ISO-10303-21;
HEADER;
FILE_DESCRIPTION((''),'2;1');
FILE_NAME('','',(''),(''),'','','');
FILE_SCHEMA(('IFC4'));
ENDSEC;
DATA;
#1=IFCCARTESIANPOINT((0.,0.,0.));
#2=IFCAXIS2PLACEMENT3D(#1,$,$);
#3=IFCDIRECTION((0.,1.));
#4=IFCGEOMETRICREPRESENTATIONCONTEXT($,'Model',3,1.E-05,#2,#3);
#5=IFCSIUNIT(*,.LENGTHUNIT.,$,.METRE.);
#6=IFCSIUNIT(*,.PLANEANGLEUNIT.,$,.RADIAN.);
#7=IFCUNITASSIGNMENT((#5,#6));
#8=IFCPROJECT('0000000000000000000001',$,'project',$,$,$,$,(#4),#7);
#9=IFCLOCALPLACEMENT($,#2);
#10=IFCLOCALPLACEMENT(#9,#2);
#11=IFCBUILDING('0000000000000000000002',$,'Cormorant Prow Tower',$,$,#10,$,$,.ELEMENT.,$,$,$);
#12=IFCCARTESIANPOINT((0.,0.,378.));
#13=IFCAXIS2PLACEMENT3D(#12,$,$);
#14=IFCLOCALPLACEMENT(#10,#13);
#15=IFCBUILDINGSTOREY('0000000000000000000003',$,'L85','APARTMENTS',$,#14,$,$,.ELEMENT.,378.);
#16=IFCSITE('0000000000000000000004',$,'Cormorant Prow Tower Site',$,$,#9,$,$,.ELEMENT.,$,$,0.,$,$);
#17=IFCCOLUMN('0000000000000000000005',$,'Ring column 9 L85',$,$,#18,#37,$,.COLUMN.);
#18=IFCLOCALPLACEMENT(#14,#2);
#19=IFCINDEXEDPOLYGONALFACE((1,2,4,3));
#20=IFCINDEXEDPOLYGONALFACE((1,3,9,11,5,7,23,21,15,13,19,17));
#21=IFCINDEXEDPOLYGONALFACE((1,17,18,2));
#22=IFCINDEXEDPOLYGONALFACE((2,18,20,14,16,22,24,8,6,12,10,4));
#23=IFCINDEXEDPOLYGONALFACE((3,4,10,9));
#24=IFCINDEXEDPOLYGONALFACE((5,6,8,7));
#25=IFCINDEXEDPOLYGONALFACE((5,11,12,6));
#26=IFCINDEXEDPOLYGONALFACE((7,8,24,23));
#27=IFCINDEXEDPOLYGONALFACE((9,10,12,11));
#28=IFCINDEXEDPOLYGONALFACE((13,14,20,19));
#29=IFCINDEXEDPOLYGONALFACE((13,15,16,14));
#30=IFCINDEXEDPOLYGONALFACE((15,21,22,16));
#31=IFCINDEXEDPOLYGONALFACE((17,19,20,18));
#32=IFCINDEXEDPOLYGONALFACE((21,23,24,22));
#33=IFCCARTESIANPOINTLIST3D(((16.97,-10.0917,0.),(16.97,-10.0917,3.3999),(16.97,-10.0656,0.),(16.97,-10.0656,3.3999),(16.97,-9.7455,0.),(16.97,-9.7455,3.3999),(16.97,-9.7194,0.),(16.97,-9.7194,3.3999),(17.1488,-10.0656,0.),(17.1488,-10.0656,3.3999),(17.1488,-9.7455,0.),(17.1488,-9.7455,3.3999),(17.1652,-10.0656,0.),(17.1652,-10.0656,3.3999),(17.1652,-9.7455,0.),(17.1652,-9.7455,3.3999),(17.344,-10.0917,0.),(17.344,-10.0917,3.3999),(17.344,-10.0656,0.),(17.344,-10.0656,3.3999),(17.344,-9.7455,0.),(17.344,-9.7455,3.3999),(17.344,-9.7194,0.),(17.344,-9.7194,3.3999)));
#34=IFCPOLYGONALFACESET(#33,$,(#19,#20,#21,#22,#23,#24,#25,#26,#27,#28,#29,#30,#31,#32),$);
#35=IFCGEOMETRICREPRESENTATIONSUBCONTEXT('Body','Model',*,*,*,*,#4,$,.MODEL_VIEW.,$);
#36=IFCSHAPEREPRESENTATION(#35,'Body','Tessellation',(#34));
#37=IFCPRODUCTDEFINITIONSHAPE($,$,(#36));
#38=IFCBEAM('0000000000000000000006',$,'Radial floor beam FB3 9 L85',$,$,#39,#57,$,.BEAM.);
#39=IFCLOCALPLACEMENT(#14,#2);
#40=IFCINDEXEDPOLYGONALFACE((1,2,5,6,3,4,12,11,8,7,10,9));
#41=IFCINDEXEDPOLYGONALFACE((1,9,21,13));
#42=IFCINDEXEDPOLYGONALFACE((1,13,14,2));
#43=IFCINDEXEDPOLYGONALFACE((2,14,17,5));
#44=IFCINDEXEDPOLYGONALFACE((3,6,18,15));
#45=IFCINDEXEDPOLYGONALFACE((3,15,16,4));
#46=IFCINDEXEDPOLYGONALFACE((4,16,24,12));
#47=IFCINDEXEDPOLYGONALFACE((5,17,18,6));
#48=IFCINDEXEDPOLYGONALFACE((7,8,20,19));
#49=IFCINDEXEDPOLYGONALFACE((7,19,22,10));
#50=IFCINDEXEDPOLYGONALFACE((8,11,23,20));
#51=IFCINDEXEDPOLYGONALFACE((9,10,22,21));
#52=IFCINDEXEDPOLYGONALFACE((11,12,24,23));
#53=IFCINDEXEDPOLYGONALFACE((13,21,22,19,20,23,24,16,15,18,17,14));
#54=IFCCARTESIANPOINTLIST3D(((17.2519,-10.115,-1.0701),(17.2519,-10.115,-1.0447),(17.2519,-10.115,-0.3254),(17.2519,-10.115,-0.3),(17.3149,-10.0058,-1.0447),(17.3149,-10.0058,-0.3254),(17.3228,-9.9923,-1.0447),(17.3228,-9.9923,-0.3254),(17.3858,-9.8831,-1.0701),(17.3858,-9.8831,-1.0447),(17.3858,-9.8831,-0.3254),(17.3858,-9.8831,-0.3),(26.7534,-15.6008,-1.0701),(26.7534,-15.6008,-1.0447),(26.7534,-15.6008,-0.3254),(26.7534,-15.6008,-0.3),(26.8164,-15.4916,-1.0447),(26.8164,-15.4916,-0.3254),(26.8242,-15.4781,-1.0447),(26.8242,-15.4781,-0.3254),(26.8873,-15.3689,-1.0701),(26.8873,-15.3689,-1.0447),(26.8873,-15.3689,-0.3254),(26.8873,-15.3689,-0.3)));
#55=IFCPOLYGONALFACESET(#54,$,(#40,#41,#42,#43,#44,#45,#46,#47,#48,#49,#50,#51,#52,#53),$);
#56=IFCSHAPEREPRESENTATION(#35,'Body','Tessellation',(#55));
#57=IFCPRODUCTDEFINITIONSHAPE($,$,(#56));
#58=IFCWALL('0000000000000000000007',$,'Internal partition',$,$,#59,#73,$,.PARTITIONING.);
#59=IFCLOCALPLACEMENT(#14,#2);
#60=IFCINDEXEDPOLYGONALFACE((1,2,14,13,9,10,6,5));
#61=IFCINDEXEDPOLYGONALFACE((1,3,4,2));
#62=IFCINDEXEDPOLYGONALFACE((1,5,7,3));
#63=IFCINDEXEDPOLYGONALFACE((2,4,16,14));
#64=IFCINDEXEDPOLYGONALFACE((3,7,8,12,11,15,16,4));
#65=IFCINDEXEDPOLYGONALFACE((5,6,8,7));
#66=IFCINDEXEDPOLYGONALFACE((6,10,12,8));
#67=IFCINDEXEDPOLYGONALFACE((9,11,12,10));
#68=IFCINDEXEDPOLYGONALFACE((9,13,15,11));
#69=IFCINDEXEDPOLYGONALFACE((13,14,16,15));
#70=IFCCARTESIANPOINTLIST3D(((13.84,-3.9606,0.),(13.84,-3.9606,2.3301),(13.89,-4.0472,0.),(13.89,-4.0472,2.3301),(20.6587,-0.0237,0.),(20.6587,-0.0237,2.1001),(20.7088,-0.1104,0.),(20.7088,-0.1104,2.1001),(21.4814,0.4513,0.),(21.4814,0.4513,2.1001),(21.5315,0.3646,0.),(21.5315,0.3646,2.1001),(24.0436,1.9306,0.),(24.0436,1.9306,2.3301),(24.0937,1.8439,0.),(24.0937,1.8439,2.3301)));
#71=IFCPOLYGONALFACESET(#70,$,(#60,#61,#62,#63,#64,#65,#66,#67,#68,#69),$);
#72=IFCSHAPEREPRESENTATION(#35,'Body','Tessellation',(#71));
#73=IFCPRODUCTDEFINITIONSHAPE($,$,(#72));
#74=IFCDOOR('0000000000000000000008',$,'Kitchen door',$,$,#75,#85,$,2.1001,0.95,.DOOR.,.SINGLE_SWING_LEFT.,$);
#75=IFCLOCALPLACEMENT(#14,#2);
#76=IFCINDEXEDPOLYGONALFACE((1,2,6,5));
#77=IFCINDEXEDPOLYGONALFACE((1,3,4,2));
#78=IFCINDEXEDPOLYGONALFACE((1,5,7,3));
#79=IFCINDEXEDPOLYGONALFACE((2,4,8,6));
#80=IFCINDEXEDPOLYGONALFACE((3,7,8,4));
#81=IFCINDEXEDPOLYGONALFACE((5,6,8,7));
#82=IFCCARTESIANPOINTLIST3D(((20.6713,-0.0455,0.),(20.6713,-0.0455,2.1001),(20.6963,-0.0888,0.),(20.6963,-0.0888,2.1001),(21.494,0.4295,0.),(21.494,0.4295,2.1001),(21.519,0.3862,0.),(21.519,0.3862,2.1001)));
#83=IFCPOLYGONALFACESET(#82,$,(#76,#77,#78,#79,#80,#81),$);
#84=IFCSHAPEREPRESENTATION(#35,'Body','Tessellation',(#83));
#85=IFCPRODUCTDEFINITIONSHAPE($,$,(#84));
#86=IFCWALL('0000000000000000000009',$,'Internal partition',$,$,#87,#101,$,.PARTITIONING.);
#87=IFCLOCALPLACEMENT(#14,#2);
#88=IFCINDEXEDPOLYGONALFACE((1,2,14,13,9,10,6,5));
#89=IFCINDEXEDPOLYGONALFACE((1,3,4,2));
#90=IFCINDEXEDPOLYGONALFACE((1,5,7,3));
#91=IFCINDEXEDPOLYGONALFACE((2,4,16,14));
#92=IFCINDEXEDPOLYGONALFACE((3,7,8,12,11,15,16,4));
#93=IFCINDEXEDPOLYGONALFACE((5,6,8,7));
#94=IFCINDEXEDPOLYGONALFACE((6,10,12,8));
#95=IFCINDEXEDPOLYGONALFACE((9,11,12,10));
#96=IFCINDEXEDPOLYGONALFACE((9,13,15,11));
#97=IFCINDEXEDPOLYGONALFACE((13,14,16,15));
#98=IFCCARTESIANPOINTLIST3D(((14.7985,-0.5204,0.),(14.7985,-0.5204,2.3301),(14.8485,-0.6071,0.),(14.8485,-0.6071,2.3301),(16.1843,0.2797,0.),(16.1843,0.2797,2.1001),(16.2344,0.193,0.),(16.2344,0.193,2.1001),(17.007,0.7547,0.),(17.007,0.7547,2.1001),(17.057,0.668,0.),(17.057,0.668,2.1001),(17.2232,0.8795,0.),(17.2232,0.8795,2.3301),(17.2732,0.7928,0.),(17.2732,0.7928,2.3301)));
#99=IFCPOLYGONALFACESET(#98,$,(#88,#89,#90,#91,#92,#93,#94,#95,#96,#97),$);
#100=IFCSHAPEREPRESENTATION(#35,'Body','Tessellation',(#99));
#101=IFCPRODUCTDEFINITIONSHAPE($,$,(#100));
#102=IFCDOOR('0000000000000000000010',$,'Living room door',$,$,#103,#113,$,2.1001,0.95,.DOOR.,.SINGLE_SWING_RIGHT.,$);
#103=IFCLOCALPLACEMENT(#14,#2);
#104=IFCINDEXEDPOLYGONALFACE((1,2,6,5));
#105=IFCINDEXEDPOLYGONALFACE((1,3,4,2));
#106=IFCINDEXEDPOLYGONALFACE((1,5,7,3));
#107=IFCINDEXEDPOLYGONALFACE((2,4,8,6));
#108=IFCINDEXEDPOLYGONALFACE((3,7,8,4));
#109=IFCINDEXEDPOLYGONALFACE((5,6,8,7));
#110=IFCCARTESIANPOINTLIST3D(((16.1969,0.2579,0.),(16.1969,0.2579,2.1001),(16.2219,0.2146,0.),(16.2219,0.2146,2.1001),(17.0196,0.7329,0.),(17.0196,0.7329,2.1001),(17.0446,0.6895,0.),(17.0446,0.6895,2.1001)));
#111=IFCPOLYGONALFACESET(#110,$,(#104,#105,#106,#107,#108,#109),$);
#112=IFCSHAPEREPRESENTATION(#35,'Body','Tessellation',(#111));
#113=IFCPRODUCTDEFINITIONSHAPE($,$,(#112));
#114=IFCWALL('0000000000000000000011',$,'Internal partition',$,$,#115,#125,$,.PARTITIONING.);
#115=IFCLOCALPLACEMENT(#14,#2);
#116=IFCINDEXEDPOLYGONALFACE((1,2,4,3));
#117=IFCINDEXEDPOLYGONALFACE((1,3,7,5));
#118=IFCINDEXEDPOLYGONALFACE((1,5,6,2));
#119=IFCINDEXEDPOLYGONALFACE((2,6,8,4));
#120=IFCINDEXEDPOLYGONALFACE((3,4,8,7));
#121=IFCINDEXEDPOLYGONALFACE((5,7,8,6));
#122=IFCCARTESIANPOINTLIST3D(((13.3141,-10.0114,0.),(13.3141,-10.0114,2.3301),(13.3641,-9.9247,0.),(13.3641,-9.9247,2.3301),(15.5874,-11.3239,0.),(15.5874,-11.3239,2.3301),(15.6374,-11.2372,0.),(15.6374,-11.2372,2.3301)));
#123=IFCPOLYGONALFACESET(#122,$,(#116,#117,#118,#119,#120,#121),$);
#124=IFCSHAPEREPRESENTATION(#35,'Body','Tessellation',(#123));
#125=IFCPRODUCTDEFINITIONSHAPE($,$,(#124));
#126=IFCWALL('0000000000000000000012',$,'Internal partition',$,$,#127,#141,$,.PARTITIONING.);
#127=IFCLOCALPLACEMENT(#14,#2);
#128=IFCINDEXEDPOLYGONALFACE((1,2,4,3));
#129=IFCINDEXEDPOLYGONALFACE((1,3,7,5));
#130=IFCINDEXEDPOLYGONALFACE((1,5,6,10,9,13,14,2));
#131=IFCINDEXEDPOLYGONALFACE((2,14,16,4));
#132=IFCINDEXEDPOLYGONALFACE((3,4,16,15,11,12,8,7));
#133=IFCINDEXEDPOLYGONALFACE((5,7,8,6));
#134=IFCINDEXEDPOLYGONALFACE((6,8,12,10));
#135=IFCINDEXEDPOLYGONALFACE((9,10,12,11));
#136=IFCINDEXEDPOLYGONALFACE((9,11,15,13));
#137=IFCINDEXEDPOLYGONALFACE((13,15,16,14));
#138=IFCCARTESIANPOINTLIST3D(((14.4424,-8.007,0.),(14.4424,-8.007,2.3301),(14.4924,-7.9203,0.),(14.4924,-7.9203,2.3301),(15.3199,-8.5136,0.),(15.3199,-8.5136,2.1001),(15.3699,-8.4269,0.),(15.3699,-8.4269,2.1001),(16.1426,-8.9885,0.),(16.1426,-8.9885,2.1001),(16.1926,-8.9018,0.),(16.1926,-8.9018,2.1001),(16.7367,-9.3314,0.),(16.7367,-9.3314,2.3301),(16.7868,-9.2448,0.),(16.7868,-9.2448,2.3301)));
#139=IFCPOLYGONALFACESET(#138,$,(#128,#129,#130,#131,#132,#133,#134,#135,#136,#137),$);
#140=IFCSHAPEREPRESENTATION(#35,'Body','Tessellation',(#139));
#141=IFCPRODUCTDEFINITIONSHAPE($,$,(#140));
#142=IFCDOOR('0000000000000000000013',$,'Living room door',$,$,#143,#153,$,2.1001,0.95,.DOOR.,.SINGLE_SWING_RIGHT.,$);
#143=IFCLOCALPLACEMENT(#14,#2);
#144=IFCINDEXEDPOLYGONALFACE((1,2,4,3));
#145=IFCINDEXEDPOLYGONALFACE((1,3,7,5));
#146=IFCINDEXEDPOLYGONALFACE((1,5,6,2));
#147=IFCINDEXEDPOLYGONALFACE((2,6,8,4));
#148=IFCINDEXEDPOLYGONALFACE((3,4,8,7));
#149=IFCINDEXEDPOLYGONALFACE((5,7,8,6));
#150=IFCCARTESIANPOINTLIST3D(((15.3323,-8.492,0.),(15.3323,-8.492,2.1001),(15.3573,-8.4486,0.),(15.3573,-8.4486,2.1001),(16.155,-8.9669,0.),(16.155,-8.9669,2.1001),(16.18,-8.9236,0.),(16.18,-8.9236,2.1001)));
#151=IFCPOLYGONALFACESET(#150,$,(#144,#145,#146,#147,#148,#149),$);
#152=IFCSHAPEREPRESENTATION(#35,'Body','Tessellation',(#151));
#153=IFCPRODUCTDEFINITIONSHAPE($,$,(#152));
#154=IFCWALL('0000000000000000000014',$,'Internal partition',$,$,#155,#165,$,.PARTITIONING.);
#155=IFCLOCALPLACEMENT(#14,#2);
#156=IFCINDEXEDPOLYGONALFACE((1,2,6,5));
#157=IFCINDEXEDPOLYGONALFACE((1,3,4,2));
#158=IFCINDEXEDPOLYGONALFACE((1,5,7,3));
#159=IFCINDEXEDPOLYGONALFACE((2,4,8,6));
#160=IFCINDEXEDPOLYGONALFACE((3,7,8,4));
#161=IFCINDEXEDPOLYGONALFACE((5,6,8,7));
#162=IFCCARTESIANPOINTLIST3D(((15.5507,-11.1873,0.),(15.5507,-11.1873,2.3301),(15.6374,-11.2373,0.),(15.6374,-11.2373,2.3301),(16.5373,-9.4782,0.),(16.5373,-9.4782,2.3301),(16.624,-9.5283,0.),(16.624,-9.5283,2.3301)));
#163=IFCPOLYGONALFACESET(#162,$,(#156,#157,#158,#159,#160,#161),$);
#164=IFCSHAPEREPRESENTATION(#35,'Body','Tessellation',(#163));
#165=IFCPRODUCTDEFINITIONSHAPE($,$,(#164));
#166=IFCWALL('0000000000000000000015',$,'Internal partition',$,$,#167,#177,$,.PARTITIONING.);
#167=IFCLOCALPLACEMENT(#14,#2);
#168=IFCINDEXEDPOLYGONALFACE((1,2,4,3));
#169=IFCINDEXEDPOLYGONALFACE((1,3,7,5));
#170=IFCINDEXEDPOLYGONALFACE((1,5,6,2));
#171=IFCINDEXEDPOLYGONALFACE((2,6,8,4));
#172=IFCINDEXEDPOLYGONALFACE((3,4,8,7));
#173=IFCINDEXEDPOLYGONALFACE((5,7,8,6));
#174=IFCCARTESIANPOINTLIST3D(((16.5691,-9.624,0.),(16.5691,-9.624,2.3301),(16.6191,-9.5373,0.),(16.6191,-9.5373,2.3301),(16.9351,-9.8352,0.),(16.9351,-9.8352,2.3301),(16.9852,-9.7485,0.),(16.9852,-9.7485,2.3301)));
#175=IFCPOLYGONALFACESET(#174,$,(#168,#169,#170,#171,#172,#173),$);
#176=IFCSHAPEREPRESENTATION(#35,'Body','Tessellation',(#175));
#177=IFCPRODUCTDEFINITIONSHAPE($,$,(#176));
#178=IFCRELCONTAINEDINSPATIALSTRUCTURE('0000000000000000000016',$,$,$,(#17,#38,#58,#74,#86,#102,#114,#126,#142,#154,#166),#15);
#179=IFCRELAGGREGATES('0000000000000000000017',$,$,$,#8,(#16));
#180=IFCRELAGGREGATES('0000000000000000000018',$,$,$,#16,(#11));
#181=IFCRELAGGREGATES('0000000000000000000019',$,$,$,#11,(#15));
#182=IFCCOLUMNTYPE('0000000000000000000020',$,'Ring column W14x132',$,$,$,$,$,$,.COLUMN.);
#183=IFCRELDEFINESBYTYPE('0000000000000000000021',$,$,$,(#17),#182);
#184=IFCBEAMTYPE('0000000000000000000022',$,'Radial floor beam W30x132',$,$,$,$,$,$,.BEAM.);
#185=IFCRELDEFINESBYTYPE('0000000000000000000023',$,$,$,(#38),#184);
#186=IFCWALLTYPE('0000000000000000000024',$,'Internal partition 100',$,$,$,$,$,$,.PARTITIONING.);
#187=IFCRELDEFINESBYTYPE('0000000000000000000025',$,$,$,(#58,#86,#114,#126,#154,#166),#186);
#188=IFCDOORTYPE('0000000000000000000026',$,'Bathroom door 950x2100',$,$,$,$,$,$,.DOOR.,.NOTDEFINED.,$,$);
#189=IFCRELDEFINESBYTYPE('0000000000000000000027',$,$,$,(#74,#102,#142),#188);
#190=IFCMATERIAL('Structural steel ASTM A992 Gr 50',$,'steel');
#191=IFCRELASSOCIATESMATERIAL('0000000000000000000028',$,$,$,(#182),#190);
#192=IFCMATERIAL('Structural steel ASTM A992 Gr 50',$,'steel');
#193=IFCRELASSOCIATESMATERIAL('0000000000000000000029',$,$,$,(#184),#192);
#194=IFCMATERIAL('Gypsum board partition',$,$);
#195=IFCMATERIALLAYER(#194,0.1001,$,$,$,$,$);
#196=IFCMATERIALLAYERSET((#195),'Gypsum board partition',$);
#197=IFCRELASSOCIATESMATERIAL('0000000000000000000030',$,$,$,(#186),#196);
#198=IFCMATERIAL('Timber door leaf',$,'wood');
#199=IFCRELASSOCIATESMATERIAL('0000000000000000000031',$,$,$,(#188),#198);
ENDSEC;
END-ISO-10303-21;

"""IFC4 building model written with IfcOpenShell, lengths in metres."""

from ifc_helpers import new_model, si_unit, direction, frame, frame_2d, origin, origin_2d, place, context, subcontext, project, spatial, rectangle, i_section, extrude, material, layer, layer_set, material_profile, profile_set, type_object, element, fill, save


model = new_model("IFC4")

# Units and contexts
model_context = context("Model", 3, precision=1e-05, world=origin(), true_north=direction((0.0, 1.0)))
body_context = subcontext(model_context, "Body", "Model", "MODEL_VIEW")
ifc_project = project(units=[si_unit("LENGTHUNIT", "METRE"), si_unit("PLANEANGLEUNIT", "RADIAN")], contexts=[model_context])

# Site, building, storey
site_placement = place(None, origin())
site = spatial("IfcSite", under=ifc_project, at=site_placement, Name="Cormorant Prow Tower Site", CompositionType="ELEMENT", RefElevation=0.0)
building_placement = place(site_placement, origin())
building = spatial("IfcBuilding", under=site, at=building_placement, Name="Cormorant Prow Tower", CompositionType="ELEMENT")
storey_placement = place(building_placement, frame((0.0, 0.0, 378.0)))
storey = spatial("IfcBuildingStorey", under=building, at=storey_placement, Name="L85", Description="APARTMENTS", CompositionType="ELEMENT", Elevation=378.0)

# Column
ifc_material_1 = material(Name="Structural steel ASTM A992 Gr 50", Category="steel")
ifc_material_profile_1 = material_profile(ifc_material_1, i_section(OverallWidth=0.374, OverallDepth=0.3723, WebThickness=0.0164, FlangeThickness=0.0261, at=origin_2d()), Name="W14x132")
ifc_profile_set_1 = profile_set([ifc_material_profile_1], Name="Structural steel ASTM A992 Gr 50")
column_type = type_object("IfcColumnType", Name="Ring column W14x132", PredefinedType="COLUMN", material=ifc_profile_set_1)
column_placement = place(storey_placement, frame((17.157, -9.9055, 0.0), z_axis=(0.0, 0.0, 1.0), x_axis=(1.0, 0.0, 0.0)))
element("IfcColumn", 1, at=column_placement, inside=storey, type_object=column_type, Name="Ring column 9 L85", PredefinedType="COLUMN", context=body_context, shape_type="SweptSolid", body=[
    extrude(i_section(OverallWidth=0.374, OverallDepth=0.3723, WebThickness=0.0164, FlangeThickness=0.0261, at=origin_2d()), origin(), (0.0, 0.0, 1.0), 3.3999),
])

# Beam
ifc_material_2 = material(Name="Structural steel ASTM A992 Gr 50", Category="steel")
ifc_material_profile_2 = material_profile(ifc_material_2, i_section(OverallWidth=0.2678, OverallDepth=0.77, WebThickness=0.0156, FlangeThickness=0.0254, at=origin_2d()), Name="W30x132")
ifc_profile_set_2 = profile_set([ifc_material_profile_2], Name="Structural steel ASTM A992 Gr 50")
beam_type = type_object("IfcBeamType", Name="Radial floor beam W30x132", PredefinedType="BEAM", material=ifc_profile_set_2)
beam_placement = place(storey_placement, frame((17.3188, -9.999, -0.6851), z_axis=(0.866019, -0.500011, 0.0), x_axis=(0.500011, 0.866019, 0.0)))
element("IfcBeam", 2, at=beam_placement, inside=storey, type_object=beam_type, Name="Radial floor beam FB3 9 L85", PredefinedType="BEAM", context=body_context, shape_type="SweptSolid", body=[
    extrude(i_section(OverallWidth=0.2678, OverallDepth=0.77, WebThickness=0.0156, FlangeThickness=0.0254, at=origin_2d()), origin(), (0.0, 0.0, 1.0), 10.9714),
])

# Walls, openings, doors
ifc_material_3 = material(Name="Gypsum board partition")
ifc_layer_1 = layer(ifc_material_3, 0.1001)
ifc_layer_set_1 = layer_set([ifc_layer_1], Name="Gypsum board partition")
wall_type_1 = type_object("IfcWallType", Name="Internal partition 100", PredefinedType="PARTITIONING", material=ifc_layer_set_1)
wall_1_placement = place(storey_placement, frame((13.865, -4.0039, 0.0), z_axis=(0.0, 0.0, 1.0), x_axis=(0.866023, 0.500003, 0.0)))
wall_1 = element("IfcWall", 3, at=wall_1_placement, inside=storey, type_object=wall_type_1, Name="Internal partition", PredefinedType="PARTITIONING", context=body_context, shape_type="SweptSolid", body=[
    extrude(rectangle(XDim=11.7822, YDim=0.1001, at=frame_2d((5.8911, 0.0))), origin(), (0.0, 0.0, 1.0), 2.3301),
])
opening_1_placement = place(wall_1_placement, frame((7.8735, 0.0, 0.0)))
opening_1 = element("IfcOpeningElement", 4, at=opening_1_placement, cuts=wall_1, PredefinedType="OPENING", context=body_context, shape_type="SweptSolid", body=[
    extrude(rectangle(XDim=0.95, YDim=2.1001, at=frame_2d((0.4751, 1.05))), frame((0.0, 0.0601, 0.0), z_axis=(0.0, -1.0, 0.0), x_axis=(1.0, 0.0, 0.0)), (0.0, 0.0, 1.0), 0.1201),
])
ifc_material_4 = material(Name="Timber door leaf", Category="wood")
door_type = type_object("IfcDoorType", Name="Bathroom door 950x2100", OperationType="NOTDEFINED", PredefinedType="DOOR", material=ifc_material_4)
door_1_placement = place(opening_1_placement, origin())
door_1 = element("IfcDoor", 5, at=door_1_placement, inside=storey, type_object=door_type, Name="Kitchen door", OperationType="SINGLE_SWING_LEFT", OverallHeight=2.1001, OverallWidth=0.95, PredefinedType="DOOR", context=body_context, shape_type="SweptSolid", body=[
    extrude(rectangle(XDim=0.95, YDim=2.1001, at=frame_2d((0.4751, 1.05))), frame((0.0, 0.0249, 0.0), z_axis=(0.0, -1.0, 0.0), x_axis=(1.0, 0.0, 0.0)), (0.0, 0.0, 1.0), 0.05),
])
fill(opening_1, door_1)
wall_2_placement = place(storey_placement, frame((14.8235, -0.5637, 0.0), z_axis=(0.0, 0.0, 1.0), x_axis=(0.866035, 0.499984, 0.0)))
wall_2 = element("IfcWall", 6, at=wall_2_placement, inside=storey, type_object=wall_type_1, Name="Internal partition", PredefinedType="PARTITIONING", context=body_context, shape_type="SweptSolid", body=[
    extrude(rectangle(XDim=2.7998, YDim=0.1001, at=frame_2d((1.3999, 0.0))), origin(), (0.0, 0.0, 1.0), 2.3301),
])
opening_2_placement = place(wall_2_placement, frame((1.6001, 0.0, 0.0)))
opening_2 = element("IfcOpeningElement", 7, at=opening_2_placement, cuts=wall_2, PredefinedType="OPENING", context=body_context, shape_type="SweptSolid", body=[
    extrude(rectangle(XDim=0.95, YDim=2.1001, at=frame_2d((0.4751, 1.05))), frame((0.0, 0.0601, 0.0), z_axis=(0.0, -1.0, 0.0), x_axis=(1.0, 0.0, 0.0)), (0.0, 0.0, 1.0), 0.1201),
])
door_2_placement = place(opening_2_placement, origin())
door_2 = element("IfcDoor", 8, at=door_2_placement, inside=storey, type_object=door_type, Name="Living room door", OperationType="SINGLE_SWING_RIGHT", OverallHeight=2.1001, OverallWidth=0.95, PredefinedType="DOOR", context=body_context, shape_type="SweptSolid", body=[
    extrude(rectangle(XDim=0.95, YDim=2.1001, at=frame_2d((0.4751, 1.05))), frame((0.0, 0.0249, 0.0), z_axis=(0.0, -1.0, 0.0), x_axis=(1.0, 0.0, 0.0)), (0.0, 0.0, 1.0), 0.05),
])
fill(opening_2, door_2)

# Wall
wall_3_placement = place(storey_placement, frame((13.3391, -9.968, 0.0), z_axis=(0.0, 0.0, 1.0), x_axis=(0.866014, -0.50002, 0.0)))
element("IfcWall", 9, at=wall_3_placement, inside=storey, type_object=wall_type_1, Name="Internal partition", PredefinedType="PARTITIONING", context=body_context, shape_type="SweptSolid", body=[
    extrude(rectangle(XDim=2.625, YDim=0.1001, at=frame_2d((1.3125, 0.0))), origin(), (0.0, 0.0, 1.0), 2.3301),
])

# Wall, opening, door
wall_4_placement = place(storey_placement, frame((14.4673, -7.9636, 0.0), z_axis=(0.0, 0.0, 1.0), x_axis=(0.866063, -0.499935, 0.0)))
wall_4 = element("IfcWall", 10, at=wall_4_placement, inside=storey, type_object=wall_type_1, Name="Internal partition", PredefinedType="PARTITIONING", context=body_context, shape_type="SweptSolid", body=[
    extrude(rectangle(XDim=2.6492, YDim=0.1001, at=frame_2d((1.3247, 0.0))), origin(), (0.0, 0.0, 1.0), 2.3301),
])
opening_3_placement = place(wall_4_placement, frame((1.0132, 0.0, 0.0)))
opening_3 = element("IfcOpeningElement", 11, at=opening_3_placement, cuts=wall_4, PredefinedType="OPENING", context=body_context, shape_type="SweptSolid", body=[
    extrude(rectangle(XDim=0.95, YDim=2.1001, at=frame_2d((0.4751, 1.05))), frame((0.0, 0.0601, 0.0), z_axis=(0.0, -1.0, 0.0), x_axis=(1.0, 0.0, 0.0)), (0.0, 0.0, 1.0), 0.1201),
])
door_3_placement = place(opening_3_placement, origin())
door_3 = element("IfcDoor", 12, at=door_3_placement, inside=storey, type_object=door_type, Name="Living room door", OperationType="SINGLE_SWING_RIGHT", OverallHeight=2.1001, OverallWidth=0.95, PredefinedType="DOOR", context=body_context, shape_type="SweptSolid", body=[
    extrude(rectangle(XDim=0.95, YDim=2.1001, at=frame_2d((0.4751, 1.05))), frame((0.0, 0.0249, 0.0), z_axis=(0.0, -1.0, 0.0), x_axis=(1.0, 0.0, 0.0)), (0.0, 0.0, 1.0), 0.05),
])
fill(opening_3, door_3)

# Walls
wall_5_placement = place(storey_placement, frame((15.594, -11.2124, 0.0), z_axis=(0.0, 0.0, 1.0), x_axis=(0.499958, 0.86605, 0.0)))
element("IfcWall", 13, at=wall_5_placement, inside=storey, type_object=wall_type_1, Name="Internal partition", PredefinedType="PARTITIONING", context=body_context, shape_type="SweptSolid", body=[
    extrude(rectangle(XDim=1.9734, YDim=0.1001, at=frame_2d((0.9868, 0.0))), origin(), (0.0, 0.0, 1.0), 2.3301),
])
wall_6_placement = place(storey_placement, frame((16.594, -9.5806, 0.0), z_axis=(0.0, 0.0, 1.0), x_axis=(0.866137, -0.499806, 0.0)))
element("IfcWall", 14, at=wall_6_placement, inside=storey, type_object=wall_type_1, Name="Internal partition", PredefinedType="PARTITIONING", context=body_context, shape_type="SweptSolid", body=[
    extrude(rectangle(XDim=0.4226, YDim=0.1001, at=frame_2d((0.2114, 0.0))), origin(), (0.0, 0.0, 1.0), 2.3301),
])

save(model, "model.ifc")
